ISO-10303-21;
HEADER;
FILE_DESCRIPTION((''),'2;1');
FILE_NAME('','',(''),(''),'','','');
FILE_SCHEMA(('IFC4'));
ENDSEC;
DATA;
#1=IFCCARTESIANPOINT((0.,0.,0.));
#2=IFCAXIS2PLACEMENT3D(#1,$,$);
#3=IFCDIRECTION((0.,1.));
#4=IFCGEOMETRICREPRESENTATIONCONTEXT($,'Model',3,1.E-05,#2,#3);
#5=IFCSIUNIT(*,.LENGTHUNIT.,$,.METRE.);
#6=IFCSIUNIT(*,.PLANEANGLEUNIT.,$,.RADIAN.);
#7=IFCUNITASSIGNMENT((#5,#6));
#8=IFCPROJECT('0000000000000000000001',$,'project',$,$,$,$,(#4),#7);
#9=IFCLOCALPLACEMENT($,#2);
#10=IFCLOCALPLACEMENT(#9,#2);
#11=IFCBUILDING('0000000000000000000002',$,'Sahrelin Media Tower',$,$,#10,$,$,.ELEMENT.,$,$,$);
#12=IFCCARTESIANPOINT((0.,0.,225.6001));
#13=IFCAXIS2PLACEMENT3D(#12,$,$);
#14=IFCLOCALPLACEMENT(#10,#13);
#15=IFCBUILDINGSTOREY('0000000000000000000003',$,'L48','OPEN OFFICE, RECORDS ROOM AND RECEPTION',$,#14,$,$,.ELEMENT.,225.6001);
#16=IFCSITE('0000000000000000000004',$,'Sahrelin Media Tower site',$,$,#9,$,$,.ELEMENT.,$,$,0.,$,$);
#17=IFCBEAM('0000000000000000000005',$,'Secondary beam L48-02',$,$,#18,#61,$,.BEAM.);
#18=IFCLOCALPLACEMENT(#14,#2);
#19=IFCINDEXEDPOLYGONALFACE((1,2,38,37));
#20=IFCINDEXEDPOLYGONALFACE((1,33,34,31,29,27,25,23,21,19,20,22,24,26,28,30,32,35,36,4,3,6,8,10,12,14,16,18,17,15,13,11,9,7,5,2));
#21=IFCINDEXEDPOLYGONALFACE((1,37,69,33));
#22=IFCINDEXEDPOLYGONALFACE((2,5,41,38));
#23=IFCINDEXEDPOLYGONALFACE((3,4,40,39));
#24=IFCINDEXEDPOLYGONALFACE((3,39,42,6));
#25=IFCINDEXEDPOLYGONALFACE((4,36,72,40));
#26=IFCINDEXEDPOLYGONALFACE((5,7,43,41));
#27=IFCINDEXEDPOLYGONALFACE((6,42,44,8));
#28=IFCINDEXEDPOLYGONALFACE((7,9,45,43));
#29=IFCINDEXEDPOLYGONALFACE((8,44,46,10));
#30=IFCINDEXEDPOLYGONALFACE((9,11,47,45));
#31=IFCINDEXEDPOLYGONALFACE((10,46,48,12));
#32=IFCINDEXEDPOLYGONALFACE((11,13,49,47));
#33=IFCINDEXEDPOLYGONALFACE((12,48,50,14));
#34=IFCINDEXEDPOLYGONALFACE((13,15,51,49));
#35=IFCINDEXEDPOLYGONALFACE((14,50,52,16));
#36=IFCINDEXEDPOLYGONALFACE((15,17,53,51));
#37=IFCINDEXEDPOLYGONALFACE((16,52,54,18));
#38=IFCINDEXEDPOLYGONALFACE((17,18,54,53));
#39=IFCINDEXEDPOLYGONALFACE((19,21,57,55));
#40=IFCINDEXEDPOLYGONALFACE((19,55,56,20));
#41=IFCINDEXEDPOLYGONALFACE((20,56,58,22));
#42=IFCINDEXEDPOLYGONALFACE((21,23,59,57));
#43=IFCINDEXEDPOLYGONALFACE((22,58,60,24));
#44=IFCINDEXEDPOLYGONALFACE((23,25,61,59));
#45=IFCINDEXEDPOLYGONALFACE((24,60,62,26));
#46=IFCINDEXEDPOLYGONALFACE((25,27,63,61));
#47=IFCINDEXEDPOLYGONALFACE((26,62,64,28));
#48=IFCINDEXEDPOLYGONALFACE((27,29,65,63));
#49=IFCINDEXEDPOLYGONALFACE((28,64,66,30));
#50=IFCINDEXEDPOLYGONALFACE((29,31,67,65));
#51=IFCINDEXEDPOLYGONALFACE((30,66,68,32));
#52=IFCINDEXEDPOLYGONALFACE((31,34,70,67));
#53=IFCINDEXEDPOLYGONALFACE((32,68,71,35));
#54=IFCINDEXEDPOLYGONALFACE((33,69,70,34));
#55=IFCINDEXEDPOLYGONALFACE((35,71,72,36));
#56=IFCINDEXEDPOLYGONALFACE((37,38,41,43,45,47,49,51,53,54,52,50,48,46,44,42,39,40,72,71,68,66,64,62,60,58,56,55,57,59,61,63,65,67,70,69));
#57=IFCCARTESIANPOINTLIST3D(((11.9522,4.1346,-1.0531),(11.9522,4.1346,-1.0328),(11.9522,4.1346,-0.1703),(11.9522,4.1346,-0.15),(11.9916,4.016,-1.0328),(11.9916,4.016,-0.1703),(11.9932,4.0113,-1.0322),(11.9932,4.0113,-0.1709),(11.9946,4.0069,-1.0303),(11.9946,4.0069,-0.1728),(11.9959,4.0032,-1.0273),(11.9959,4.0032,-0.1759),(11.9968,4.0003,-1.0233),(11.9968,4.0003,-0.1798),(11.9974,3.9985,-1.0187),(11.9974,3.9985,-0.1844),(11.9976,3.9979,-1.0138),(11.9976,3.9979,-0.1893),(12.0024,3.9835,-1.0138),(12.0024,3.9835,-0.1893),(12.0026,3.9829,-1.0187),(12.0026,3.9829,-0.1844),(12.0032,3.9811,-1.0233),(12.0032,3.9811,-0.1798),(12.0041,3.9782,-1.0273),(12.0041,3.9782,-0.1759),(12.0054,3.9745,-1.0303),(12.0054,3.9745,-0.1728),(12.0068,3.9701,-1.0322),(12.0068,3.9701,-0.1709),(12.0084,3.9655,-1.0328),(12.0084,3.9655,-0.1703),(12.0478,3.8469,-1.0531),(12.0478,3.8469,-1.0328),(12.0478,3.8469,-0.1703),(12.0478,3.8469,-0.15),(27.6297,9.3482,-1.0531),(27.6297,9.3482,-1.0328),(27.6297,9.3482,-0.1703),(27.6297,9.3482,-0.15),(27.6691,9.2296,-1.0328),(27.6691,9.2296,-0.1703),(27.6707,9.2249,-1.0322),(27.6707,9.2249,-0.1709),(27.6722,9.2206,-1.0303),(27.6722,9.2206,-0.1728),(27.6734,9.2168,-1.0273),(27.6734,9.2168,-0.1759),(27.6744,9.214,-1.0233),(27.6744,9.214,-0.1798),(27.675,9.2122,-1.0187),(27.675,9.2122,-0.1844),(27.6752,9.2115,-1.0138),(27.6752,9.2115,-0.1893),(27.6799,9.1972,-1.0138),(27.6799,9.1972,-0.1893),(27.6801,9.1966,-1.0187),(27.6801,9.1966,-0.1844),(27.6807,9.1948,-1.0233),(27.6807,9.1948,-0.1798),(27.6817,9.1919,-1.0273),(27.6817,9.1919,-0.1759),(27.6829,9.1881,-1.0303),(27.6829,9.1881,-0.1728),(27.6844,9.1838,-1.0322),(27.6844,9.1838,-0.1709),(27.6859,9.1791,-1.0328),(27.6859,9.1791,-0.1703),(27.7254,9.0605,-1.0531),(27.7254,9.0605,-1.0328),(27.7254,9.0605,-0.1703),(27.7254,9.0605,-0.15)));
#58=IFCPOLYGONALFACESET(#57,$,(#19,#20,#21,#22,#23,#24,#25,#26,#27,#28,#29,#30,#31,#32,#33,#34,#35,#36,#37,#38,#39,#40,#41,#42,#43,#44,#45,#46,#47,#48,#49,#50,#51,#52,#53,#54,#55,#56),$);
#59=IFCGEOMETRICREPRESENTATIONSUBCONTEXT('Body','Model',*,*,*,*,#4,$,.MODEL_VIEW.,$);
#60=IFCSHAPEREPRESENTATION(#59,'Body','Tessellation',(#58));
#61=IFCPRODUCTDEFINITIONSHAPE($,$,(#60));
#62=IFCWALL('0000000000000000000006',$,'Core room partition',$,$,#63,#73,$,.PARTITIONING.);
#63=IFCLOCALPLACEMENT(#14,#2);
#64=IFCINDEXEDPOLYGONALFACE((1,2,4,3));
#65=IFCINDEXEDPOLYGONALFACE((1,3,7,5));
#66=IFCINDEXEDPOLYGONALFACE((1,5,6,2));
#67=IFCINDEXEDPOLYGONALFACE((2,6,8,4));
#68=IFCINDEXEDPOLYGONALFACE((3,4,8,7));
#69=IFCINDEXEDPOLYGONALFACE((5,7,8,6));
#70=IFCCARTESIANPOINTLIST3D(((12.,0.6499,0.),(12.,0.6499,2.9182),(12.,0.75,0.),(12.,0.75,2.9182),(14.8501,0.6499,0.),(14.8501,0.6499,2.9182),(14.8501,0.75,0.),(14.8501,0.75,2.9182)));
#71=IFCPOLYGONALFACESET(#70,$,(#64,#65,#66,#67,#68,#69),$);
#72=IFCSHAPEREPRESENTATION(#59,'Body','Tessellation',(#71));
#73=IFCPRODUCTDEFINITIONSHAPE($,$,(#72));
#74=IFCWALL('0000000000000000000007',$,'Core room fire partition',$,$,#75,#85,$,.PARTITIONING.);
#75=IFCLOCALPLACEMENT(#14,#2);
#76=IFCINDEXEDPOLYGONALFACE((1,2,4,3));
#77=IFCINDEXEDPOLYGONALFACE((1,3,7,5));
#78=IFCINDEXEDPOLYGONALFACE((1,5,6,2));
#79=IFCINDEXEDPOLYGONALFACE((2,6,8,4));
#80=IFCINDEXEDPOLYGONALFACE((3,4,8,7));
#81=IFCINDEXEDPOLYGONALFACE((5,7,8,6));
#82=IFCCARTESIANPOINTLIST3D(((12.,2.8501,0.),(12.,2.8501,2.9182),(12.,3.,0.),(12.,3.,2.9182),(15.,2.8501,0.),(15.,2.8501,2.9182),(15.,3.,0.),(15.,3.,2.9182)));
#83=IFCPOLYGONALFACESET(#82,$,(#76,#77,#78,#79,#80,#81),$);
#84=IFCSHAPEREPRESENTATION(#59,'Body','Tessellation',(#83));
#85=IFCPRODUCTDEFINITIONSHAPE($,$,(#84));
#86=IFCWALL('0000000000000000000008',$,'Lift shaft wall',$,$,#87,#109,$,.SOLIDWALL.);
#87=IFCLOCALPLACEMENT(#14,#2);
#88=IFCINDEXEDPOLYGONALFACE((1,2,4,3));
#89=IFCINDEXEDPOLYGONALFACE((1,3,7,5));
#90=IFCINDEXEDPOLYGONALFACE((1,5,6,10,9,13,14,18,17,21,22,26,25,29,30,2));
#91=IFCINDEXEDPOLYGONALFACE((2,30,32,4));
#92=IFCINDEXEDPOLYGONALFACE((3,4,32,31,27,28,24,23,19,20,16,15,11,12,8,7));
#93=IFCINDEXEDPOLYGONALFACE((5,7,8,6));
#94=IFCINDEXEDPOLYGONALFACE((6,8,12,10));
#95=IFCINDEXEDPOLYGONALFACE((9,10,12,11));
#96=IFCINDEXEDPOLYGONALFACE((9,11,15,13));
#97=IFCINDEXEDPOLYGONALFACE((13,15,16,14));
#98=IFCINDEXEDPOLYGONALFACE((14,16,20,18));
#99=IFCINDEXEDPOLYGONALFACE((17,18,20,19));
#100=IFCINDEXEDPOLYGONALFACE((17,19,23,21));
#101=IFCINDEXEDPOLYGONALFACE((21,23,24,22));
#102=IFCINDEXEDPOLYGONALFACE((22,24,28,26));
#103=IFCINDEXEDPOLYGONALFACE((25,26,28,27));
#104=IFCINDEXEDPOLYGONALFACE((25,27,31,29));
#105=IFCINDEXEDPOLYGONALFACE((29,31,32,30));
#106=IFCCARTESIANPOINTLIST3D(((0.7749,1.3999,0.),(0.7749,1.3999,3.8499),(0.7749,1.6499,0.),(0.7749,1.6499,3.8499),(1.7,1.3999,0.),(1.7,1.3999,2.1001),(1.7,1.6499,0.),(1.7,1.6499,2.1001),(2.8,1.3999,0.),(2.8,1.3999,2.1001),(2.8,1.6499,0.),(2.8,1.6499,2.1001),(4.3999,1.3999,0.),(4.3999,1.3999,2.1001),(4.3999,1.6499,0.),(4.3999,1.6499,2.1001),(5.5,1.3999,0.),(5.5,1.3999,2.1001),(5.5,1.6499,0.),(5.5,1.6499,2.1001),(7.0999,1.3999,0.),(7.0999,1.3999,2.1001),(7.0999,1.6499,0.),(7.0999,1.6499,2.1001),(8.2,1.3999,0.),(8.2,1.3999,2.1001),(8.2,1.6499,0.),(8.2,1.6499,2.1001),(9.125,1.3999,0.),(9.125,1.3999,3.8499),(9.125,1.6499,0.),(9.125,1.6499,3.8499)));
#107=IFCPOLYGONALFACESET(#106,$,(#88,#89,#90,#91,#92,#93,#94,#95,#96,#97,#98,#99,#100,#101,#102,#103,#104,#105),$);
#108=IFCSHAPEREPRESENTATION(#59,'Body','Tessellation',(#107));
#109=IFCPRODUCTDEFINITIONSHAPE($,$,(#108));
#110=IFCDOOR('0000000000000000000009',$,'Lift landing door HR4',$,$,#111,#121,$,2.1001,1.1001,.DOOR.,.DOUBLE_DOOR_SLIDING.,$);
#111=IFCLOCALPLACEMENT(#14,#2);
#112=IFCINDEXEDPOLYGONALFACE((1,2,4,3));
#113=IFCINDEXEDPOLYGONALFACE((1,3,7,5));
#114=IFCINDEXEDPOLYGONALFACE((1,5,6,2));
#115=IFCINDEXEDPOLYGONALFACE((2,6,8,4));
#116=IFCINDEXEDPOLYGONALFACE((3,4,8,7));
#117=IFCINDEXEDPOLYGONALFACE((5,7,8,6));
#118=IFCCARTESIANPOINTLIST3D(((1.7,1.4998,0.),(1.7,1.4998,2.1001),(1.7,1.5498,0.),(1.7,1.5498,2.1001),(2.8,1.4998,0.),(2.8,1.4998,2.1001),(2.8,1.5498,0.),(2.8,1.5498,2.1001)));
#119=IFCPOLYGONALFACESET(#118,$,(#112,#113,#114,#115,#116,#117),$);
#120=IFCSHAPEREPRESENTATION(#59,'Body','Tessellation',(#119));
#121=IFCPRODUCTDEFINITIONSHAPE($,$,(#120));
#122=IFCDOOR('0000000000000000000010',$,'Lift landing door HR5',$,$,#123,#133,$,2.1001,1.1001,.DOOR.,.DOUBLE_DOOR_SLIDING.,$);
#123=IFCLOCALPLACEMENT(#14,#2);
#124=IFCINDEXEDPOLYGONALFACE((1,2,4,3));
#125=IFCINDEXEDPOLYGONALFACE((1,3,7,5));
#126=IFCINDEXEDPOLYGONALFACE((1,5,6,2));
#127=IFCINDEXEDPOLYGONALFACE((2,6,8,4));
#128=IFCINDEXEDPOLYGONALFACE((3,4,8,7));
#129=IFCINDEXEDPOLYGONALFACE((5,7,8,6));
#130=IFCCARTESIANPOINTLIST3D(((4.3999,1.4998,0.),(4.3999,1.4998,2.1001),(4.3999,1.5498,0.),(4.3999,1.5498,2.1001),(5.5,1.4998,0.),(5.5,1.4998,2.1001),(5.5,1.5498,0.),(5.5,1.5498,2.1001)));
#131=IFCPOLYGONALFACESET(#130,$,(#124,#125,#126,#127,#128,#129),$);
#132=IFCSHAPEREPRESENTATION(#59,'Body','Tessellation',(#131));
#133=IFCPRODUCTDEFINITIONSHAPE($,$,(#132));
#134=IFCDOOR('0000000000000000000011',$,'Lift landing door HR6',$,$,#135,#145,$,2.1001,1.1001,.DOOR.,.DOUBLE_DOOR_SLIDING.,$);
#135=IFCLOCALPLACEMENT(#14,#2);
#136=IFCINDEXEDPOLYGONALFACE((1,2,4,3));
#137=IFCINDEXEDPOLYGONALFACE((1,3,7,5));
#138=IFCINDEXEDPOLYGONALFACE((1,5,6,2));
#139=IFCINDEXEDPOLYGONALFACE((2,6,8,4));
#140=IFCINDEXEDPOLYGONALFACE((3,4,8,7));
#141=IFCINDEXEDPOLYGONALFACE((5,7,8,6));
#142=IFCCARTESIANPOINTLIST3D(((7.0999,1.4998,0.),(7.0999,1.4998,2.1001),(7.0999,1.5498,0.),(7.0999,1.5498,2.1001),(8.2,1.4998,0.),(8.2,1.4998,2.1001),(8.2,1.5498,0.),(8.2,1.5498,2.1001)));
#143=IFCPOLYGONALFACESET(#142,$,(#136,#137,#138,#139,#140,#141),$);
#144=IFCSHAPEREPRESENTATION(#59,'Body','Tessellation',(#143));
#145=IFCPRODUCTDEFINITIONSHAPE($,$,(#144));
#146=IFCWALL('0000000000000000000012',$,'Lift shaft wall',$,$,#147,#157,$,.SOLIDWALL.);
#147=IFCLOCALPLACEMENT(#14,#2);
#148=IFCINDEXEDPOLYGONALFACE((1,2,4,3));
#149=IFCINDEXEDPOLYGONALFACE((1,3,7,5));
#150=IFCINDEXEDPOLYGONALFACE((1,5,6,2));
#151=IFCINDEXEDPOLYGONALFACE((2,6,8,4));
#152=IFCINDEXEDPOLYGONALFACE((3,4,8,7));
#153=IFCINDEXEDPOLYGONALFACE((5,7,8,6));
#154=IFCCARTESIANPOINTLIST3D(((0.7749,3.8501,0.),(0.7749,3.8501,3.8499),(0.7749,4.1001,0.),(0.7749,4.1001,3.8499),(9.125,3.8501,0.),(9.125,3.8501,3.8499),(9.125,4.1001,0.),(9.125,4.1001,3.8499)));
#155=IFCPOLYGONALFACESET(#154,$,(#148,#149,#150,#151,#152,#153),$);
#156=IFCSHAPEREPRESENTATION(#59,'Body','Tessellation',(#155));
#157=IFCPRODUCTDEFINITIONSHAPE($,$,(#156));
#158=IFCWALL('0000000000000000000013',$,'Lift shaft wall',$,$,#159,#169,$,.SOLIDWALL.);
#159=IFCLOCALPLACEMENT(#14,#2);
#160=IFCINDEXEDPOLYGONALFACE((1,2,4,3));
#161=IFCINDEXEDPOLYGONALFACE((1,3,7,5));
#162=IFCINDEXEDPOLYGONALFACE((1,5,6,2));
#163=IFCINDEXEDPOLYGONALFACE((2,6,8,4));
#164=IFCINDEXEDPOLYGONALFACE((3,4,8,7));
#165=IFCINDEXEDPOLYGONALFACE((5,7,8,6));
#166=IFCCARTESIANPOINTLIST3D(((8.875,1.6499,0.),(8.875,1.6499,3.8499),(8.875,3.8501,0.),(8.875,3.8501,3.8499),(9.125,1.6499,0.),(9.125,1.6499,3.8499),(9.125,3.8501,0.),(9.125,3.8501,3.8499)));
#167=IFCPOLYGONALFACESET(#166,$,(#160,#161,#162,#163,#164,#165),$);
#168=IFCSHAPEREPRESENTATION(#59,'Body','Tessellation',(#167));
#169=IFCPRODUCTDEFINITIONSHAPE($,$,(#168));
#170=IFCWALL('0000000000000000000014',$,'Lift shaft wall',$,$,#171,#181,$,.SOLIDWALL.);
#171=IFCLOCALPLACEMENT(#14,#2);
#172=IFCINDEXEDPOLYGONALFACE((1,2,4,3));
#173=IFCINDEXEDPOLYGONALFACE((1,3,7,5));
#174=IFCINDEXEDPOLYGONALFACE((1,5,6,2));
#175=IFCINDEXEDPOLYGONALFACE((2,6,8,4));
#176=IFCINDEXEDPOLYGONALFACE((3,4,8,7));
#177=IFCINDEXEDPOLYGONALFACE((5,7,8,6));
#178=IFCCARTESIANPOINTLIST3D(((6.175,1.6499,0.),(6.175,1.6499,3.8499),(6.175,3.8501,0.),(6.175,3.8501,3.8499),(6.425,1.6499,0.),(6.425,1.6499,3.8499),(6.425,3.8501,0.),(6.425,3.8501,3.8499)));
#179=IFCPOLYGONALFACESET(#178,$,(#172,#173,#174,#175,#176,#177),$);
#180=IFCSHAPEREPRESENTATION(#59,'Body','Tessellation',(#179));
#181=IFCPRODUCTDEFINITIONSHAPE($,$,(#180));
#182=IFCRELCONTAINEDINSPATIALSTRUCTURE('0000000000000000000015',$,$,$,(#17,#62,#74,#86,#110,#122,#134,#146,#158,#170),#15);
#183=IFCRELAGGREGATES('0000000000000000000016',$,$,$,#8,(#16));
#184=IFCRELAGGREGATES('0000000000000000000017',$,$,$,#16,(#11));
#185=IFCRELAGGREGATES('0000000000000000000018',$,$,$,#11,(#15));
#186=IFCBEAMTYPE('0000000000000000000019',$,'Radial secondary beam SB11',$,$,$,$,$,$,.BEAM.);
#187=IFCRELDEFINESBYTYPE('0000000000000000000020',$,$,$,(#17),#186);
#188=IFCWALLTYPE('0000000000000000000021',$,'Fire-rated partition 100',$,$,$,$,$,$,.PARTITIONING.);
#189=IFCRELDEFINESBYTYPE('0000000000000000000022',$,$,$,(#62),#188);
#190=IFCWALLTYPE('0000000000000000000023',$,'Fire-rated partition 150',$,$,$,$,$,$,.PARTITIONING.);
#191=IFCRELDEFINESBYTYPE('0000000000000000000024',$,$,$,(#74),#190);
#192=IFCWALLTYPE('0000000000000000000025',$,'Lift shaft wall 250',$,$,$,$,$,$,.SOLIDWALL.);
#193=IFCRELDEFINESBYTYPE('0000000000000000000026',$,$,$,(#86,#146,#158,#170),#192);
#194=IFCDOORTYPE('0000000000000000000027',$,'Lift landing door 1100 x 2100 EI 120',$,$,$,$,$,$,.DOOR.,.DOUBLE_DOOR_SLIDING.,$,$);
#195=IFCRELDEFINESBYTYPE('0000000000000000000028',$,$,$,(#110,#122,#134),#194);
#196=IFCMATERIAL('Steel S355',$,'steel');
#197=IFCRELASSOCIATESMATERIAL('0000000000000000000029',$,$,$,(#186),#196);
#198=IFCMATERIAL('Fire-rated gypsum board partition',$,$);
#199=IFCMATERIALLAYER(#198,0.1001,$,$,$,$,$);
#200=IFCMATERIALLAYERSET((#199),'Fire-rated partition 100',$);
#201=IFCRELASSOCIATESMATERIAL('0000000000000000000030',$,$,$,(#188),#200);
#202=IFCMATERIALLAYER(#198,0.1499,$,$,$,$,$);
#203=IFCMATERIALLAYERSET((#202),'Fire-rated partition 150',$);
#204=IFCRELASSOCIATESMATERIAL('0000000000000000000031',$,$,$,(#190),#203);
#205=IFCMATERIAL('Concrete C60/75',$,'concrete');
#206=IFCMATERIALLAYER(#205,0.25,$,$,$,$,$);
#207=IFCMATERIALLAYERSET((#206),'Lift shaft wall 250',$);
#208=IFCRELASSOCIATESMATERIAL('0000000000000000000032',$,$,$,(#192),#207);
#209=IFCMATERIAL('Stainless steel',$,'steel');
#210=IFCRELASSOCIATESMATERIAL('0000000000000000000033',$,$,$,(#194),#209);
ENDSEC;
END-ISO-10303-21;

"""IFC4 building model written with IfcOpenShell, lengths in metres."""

from ifc_helpers import new_model, si_unit, direction, frame, frame_2d, origin, origin_2d, place, context, subcontext, project, spatial, rectangle, i_section, extrude, material, layer, layer_set, material_profile, profile_set, type_object, element, fill, save


model = new_model("IFC4")

# Units and contexts
model_context = context("Model", 3, precision=1e-05, world=origin(), true_north=direction((0.0, 1.0)))
body_context = subcontext(model_context, "Body", "Model", "MODEL_VIEW")
ifc_project = project(units=[si_unit("LENGTHUNIT", "METRE"), si_unit("PLANEANGLEUNIT", "RADIAN")], contexts=[model_context])

# Site, building, storey
site_placement = place(None, origin())
site = spatial("IfcSite", under=ifc_project, at=site_placement, Name="Sahrelin Media Tower site", CompositionType="ELEMENT", RefElevation=0.0)
building_placement = place(site_placement, origin())
building = spatial("IfcBuilding", under=site, at=building_placement, Name="Sahrelin Media Tower", CompositionType="ELEMENT")
storey_placement = place(building_placement, frame((0.0, 0.0, 225.6001)))
storey = spatial("IfcBuildingStorey", under=building, at=storey_placement, Name="L48", Description="OPEN OFFICE, RECORDS ROOM AND RECEPTION", CompositionType="ELEMENT", Elevation=225.6001)

# Beam
ifc_material_1 = material(Name="Steel S355", Category="steel")
ifc_material_profile_1 = material_profile(ifc_material_1, i_section(OverallWidth=0.3032, OverallDepth=0.9031, WebThickness=0.0151, FlangeThickness=0.0203, FilletRadius=0.019, at=origin_2d()), Name="UB 914x305x201")
ifc_profile_set_1 = profile_set([ifc_material_profile_1], Name="Steel S355")
beam_type_1 = type_object("IfcBeamType", Name="Radial secondary beam SB11", PredefinedType="BEAM", material=ifc_profile_set_1)
beam_1_placement = place(storey_placement, frame((12.0, 3.9907, -0.6016), z_axis=(0.948905, 0.315563, 0.0), x_axis=(-0.315563, 0.948905, 0.0)))
element("IfcBeam", 1, at=beam_1_placement, inside=storey, type_object=beam_type_1, Name="Secondary beam L48-02", PredefinedType="BEAM", context=body_context, shape_type="SweptSolid", body=[
    extrude(i_section(OverallWidth=0.3032, OverallDepth=0.9031, WebThickness=0.0151, FlangeThickness=0.0203, FilletRadius=0.019, at=origin_2d()), origin(), (0.0, 0.0, 1.0), 16.5217),
])

# Walls
ifc_material_2 = material(Name="Fire-rated gypsum board partition")
ifc_layer_1 = layer(ifc_material_2, 0.1001)
ifc_layer_set_1 = layer_set([ifc_layer_1], Name="Fire-rated partition 100")
wall_type_1 = type_object("IfcWallType", Name="Fire-rated partition 100", PredefinedType="PARTITIONING", material=ifc_layer_set_1)
wall_1_placement = place(storey_placement, frame((12.0, 0.7, 0.0), z_axis=(0.0, 0.0, 1.0), x_axis=(1.0, 0.0, 0.0)))
element("IfcWall", 2, at=wall_1_placement, inside=storey, type_object=wall_type_1, Name="Core room partition", PredefinedType="PARTITIONING", context=body_context, shape_type="SweptSolid", body=[
    extrude(rectangle(XDim=2.8501, YDim=0.1001, at=frame_2d((1.425, 0.0))), origin(), (0.0, 0.0, 1.0), 2.9182),
])
ifc_layer_2 = layer(ifc_material_2, 0.1499)
ifc_layer_set_2 = layer_set([ifc_layer_2], Name="Fire-rated partition 150")
wall_type_2 = type_object("IfcWallType", Name="Fire-rated partition 150", PredefinedType="PARTITIONING", material=ifc_layer_set_2)
wall_2_placement = place(storey_placement, frame((12.0, 2.925, 0.0), z_axis=(0.0, 0.0, 1.0), x_axis=(1.0, 0.0, 0.0)))
element("IfcWall", 3, at=wall_2_placement, inside=storey, type_object=wall_type_2, Name="Core room fire partition", PredefinedType="PARTITIONING", context=body_context, shape_type="SweptSolid", body=[
    extrude(rectangle(XDim=3.0, YDim=0.1499, at=frame_2d((1.5, 0.0))), origin(), (0.0, 0.0, 1.0), 2.9182),
])

# Wall, openings, doors
ifc_material_3 = material(Name="Concrete C60/75", Category="concrete")
ifc_layer_3 = layer(ifc_material_3, 0.25)
ifc_layer_set_3 = layer_set([ifc_layer_3], Name="Lift shaft wall 250")
wall_type_3 = type_object("IfcWallType", Name="Lift shaft wall 250", PredefinedType="SOLIDWALL", material=ifc_layer_set_3)
wall_3_placement = place(storey_placement, frame((0.7749, 1.5249, 0.0), z_axis=(0.0, 0.0, 1.0), x_axis=(1.0, 0.0, 0.0)))
wall_3 = element("IfcWall", 4, at=wall_3_placement, inside=storey, type_object=wall_type_3, Name="Lift shaft wall", PredefinedType="SOLIDWALL", context=body_context, shape_type="SweptSolid", body=[
    extrude(rectangle(XDim=8.3501, YDim=0.25, at=frame_2d((4.175, 0.0))), origin(), (0.0, 0.0, 1.0), 3.8499),
])
opening_1_placement = place(wall_3_placement, frame((0.925, 0.0, 0.0)))
opening_1 = element("IfcOpeningElement", 5, at=opening_1_placement, cuts=wall_3, PredefinedType="OPENING", context=body_context, shape_type="SweptSolid", body=[
    extrude(rectangle(XDim=1.1001, YDim=2.1001, at=frame_2d((0.55, 1.05))), frame((0.0, 0.125, 0.0), z_axis=(0.0, -1.0, 0.0), x_axis=(1.0, 0.0, 0.0)), (0.0, 0.0, 1.0), 0.25),
])
opening_2_placement = place(wall_3_placement, frame((3.625, 0.0, 0.0)))
opening_2 = element("IfcOpeningElement", 6, at=opening_2_placement, cuts=wall_3, PredefinedType="OPENING", context=body_context, shape_type="SweptSolid", body=[
    extrude(rectangle(XDim=1.1001, YDim=2.1001, at=frame_2d((0.55, 1.05))), frame((0.0, 0.125, 0.0), z_axis=(0.0, -1.0, 0.0), x_axis=(1.0, 0.0, 0.0)), (0.0, 0.0, 1.0), 0.25),
])
opening_3_placement = place(wall_3_placement, frame((6.325, 0.0, 0.0)))
opening_3 = element("IfcOpeningElement", 7, at=opening_3_placement, cuts=wall_3, PredefinedType="OPENING", context=body_context, shape_type="SweptSolid", body=[
    extrude(rectangle(XDim=1.1001, YDim=2.1001, at=frame_2d((0.55, 1.05))), frame((0.0, 0.125, 0.0), z_axis=(0.0, -1.0, 0.0), x_axis=(1.0, 0.0, 0.0)), (0.0, 0.0, 1.0), 0.25),
])
ifc_material_4 = material(Name="Stainless steel", Category="steel")
door_type_1 = type_object("IfcDoorType", Name="Lift landing door 1100 x 2100 EI 120", OperationType="DOUBLE_DOOR_SLIDING", PredefinedType="DOOR", material=ifc_material_4)
door_1_placement = place(opening_1_placement, origin())
door_1 = element("IfcDoor", 8, at=door_1_placement, inside=storey, type_object=door_type_1, Name="Lift landing door HR4", OperationType="DOUBLE_DOOR_SLIDING", OverallHeight=2.1001, OverallWidth=1.1001, PredefinedType="DOOR", context=body_context, shape_type="SweptSolid", body=[
    extrude(rectangle(XDim=1.1001, YDim=2.1001, at=frame_2d((0.55, 1.05))), frame((0.0, 0.0249, 0.0), z_axis=(0.0, -1.0, 0.0), x_axis=(1.0, 0.0, 0.0)), (0.0, 0.0, 1.0), 0.05),
])
fill(opening_1, door_1)
door_2_placement = place(opening_2_placement, origin())
door_2 = element("IfcDoor", 9, at=door_2_placement, inside=storey, type_object=door_type_1, Name="Lift landing door HR5", OperationType="DOUBLE_DOOR_SLIDING", OverallHeight=2.1001, OverallWidth=1.1001, PredefinedType="DOOR", context=body_context, shape_type="SweptSolid", body=[
    extrude(rectangle(XDim=1.1001, YDim=2.1001, at=frame_2d((0.55, 1.05))), frame((0.0, 0.0249, 0.0), z_axis=(0.0, -1.0, 0.0), x_axis=(1.0, 0.0, 0.0)), (0.0, 0.0, 1.0), 0.05),
])
fill(opening_2, door_2)
door_3_placement = place(opening_3_placement, origin())
door_3 = element("IfcDoor", 10, at=door_3_placement, inside=storey, type_object=door_type_1, Name="Lift landing door HR6", OperationType="DOUBLE_DOOR_SLIDING", OverallHeight=2.1001, OverallWidth=1.1001, PredefinedType="DOOR", context=body_context, shape_type="SweptSolid", body=[
    extrude(rectangle(XDim=1.1001, YDim=2.1001, at=frame_2d((0.55, 1.05))), frame((0.0, 0.0249, 0.0), z_axis=(0.0, -1.0, 0.0), x_axis=(1.0, 0.0, 0.0)), (0.0, 0.0, 1.0), 0.05),
])
fill(opening_3, door_3)

# Walls
wall_4_placement = place(storey_placement, frame((0.7749, 3.9751, 0.0), z_axis=(0.0, 0.0, 1.0), x_axis=(1.0, 0.0, 0.0)))
element("IfcWall", 11, at=wall_4_placement, inside=storey, type_object=wall_type_3, Name="Lift shaft wall", PredefinedType="SOLIDWALL", context=body_context, shape_type="SweptSolid", body=[
    extrude(rectangle(XDim=8.3501, YDim=0.25, at=frame_2d((4.175, 0.0))), origin(), (0.0, 0.0, 1.0), 3.8499),
])
for number, where, z_axis, x_axis, name in (
    (12, (9.0, 1.6499, 0.0), (0.0, 0.0, 1.0), (0.0, 1.0, 0.0), "Lift shaft wall"),
    (13, (6.3, 1.6499, 0.0), (0.0, 0.0, 1.0), (0.0, 1.0, 0.0), "Lift shaft wall"),
):
    element("IfcWall", number, at=place(storey_placement, frame(where, z_axis=z_axis, x_axis=x_axis)), inside=storey, type_object=wall_type_3, Name=name, PredefinedType="SOLIDWALL", context=body_context, shape_type="SweptSolid", body=[
        extrude(rectangle(XDim=2.2002, YDim=0.25, at=frame_2d((1.1001, 0.0))), origin(), (0.0, 0.0, 1.0), 3.8499),
    ])

save(model, "model.ifc")
